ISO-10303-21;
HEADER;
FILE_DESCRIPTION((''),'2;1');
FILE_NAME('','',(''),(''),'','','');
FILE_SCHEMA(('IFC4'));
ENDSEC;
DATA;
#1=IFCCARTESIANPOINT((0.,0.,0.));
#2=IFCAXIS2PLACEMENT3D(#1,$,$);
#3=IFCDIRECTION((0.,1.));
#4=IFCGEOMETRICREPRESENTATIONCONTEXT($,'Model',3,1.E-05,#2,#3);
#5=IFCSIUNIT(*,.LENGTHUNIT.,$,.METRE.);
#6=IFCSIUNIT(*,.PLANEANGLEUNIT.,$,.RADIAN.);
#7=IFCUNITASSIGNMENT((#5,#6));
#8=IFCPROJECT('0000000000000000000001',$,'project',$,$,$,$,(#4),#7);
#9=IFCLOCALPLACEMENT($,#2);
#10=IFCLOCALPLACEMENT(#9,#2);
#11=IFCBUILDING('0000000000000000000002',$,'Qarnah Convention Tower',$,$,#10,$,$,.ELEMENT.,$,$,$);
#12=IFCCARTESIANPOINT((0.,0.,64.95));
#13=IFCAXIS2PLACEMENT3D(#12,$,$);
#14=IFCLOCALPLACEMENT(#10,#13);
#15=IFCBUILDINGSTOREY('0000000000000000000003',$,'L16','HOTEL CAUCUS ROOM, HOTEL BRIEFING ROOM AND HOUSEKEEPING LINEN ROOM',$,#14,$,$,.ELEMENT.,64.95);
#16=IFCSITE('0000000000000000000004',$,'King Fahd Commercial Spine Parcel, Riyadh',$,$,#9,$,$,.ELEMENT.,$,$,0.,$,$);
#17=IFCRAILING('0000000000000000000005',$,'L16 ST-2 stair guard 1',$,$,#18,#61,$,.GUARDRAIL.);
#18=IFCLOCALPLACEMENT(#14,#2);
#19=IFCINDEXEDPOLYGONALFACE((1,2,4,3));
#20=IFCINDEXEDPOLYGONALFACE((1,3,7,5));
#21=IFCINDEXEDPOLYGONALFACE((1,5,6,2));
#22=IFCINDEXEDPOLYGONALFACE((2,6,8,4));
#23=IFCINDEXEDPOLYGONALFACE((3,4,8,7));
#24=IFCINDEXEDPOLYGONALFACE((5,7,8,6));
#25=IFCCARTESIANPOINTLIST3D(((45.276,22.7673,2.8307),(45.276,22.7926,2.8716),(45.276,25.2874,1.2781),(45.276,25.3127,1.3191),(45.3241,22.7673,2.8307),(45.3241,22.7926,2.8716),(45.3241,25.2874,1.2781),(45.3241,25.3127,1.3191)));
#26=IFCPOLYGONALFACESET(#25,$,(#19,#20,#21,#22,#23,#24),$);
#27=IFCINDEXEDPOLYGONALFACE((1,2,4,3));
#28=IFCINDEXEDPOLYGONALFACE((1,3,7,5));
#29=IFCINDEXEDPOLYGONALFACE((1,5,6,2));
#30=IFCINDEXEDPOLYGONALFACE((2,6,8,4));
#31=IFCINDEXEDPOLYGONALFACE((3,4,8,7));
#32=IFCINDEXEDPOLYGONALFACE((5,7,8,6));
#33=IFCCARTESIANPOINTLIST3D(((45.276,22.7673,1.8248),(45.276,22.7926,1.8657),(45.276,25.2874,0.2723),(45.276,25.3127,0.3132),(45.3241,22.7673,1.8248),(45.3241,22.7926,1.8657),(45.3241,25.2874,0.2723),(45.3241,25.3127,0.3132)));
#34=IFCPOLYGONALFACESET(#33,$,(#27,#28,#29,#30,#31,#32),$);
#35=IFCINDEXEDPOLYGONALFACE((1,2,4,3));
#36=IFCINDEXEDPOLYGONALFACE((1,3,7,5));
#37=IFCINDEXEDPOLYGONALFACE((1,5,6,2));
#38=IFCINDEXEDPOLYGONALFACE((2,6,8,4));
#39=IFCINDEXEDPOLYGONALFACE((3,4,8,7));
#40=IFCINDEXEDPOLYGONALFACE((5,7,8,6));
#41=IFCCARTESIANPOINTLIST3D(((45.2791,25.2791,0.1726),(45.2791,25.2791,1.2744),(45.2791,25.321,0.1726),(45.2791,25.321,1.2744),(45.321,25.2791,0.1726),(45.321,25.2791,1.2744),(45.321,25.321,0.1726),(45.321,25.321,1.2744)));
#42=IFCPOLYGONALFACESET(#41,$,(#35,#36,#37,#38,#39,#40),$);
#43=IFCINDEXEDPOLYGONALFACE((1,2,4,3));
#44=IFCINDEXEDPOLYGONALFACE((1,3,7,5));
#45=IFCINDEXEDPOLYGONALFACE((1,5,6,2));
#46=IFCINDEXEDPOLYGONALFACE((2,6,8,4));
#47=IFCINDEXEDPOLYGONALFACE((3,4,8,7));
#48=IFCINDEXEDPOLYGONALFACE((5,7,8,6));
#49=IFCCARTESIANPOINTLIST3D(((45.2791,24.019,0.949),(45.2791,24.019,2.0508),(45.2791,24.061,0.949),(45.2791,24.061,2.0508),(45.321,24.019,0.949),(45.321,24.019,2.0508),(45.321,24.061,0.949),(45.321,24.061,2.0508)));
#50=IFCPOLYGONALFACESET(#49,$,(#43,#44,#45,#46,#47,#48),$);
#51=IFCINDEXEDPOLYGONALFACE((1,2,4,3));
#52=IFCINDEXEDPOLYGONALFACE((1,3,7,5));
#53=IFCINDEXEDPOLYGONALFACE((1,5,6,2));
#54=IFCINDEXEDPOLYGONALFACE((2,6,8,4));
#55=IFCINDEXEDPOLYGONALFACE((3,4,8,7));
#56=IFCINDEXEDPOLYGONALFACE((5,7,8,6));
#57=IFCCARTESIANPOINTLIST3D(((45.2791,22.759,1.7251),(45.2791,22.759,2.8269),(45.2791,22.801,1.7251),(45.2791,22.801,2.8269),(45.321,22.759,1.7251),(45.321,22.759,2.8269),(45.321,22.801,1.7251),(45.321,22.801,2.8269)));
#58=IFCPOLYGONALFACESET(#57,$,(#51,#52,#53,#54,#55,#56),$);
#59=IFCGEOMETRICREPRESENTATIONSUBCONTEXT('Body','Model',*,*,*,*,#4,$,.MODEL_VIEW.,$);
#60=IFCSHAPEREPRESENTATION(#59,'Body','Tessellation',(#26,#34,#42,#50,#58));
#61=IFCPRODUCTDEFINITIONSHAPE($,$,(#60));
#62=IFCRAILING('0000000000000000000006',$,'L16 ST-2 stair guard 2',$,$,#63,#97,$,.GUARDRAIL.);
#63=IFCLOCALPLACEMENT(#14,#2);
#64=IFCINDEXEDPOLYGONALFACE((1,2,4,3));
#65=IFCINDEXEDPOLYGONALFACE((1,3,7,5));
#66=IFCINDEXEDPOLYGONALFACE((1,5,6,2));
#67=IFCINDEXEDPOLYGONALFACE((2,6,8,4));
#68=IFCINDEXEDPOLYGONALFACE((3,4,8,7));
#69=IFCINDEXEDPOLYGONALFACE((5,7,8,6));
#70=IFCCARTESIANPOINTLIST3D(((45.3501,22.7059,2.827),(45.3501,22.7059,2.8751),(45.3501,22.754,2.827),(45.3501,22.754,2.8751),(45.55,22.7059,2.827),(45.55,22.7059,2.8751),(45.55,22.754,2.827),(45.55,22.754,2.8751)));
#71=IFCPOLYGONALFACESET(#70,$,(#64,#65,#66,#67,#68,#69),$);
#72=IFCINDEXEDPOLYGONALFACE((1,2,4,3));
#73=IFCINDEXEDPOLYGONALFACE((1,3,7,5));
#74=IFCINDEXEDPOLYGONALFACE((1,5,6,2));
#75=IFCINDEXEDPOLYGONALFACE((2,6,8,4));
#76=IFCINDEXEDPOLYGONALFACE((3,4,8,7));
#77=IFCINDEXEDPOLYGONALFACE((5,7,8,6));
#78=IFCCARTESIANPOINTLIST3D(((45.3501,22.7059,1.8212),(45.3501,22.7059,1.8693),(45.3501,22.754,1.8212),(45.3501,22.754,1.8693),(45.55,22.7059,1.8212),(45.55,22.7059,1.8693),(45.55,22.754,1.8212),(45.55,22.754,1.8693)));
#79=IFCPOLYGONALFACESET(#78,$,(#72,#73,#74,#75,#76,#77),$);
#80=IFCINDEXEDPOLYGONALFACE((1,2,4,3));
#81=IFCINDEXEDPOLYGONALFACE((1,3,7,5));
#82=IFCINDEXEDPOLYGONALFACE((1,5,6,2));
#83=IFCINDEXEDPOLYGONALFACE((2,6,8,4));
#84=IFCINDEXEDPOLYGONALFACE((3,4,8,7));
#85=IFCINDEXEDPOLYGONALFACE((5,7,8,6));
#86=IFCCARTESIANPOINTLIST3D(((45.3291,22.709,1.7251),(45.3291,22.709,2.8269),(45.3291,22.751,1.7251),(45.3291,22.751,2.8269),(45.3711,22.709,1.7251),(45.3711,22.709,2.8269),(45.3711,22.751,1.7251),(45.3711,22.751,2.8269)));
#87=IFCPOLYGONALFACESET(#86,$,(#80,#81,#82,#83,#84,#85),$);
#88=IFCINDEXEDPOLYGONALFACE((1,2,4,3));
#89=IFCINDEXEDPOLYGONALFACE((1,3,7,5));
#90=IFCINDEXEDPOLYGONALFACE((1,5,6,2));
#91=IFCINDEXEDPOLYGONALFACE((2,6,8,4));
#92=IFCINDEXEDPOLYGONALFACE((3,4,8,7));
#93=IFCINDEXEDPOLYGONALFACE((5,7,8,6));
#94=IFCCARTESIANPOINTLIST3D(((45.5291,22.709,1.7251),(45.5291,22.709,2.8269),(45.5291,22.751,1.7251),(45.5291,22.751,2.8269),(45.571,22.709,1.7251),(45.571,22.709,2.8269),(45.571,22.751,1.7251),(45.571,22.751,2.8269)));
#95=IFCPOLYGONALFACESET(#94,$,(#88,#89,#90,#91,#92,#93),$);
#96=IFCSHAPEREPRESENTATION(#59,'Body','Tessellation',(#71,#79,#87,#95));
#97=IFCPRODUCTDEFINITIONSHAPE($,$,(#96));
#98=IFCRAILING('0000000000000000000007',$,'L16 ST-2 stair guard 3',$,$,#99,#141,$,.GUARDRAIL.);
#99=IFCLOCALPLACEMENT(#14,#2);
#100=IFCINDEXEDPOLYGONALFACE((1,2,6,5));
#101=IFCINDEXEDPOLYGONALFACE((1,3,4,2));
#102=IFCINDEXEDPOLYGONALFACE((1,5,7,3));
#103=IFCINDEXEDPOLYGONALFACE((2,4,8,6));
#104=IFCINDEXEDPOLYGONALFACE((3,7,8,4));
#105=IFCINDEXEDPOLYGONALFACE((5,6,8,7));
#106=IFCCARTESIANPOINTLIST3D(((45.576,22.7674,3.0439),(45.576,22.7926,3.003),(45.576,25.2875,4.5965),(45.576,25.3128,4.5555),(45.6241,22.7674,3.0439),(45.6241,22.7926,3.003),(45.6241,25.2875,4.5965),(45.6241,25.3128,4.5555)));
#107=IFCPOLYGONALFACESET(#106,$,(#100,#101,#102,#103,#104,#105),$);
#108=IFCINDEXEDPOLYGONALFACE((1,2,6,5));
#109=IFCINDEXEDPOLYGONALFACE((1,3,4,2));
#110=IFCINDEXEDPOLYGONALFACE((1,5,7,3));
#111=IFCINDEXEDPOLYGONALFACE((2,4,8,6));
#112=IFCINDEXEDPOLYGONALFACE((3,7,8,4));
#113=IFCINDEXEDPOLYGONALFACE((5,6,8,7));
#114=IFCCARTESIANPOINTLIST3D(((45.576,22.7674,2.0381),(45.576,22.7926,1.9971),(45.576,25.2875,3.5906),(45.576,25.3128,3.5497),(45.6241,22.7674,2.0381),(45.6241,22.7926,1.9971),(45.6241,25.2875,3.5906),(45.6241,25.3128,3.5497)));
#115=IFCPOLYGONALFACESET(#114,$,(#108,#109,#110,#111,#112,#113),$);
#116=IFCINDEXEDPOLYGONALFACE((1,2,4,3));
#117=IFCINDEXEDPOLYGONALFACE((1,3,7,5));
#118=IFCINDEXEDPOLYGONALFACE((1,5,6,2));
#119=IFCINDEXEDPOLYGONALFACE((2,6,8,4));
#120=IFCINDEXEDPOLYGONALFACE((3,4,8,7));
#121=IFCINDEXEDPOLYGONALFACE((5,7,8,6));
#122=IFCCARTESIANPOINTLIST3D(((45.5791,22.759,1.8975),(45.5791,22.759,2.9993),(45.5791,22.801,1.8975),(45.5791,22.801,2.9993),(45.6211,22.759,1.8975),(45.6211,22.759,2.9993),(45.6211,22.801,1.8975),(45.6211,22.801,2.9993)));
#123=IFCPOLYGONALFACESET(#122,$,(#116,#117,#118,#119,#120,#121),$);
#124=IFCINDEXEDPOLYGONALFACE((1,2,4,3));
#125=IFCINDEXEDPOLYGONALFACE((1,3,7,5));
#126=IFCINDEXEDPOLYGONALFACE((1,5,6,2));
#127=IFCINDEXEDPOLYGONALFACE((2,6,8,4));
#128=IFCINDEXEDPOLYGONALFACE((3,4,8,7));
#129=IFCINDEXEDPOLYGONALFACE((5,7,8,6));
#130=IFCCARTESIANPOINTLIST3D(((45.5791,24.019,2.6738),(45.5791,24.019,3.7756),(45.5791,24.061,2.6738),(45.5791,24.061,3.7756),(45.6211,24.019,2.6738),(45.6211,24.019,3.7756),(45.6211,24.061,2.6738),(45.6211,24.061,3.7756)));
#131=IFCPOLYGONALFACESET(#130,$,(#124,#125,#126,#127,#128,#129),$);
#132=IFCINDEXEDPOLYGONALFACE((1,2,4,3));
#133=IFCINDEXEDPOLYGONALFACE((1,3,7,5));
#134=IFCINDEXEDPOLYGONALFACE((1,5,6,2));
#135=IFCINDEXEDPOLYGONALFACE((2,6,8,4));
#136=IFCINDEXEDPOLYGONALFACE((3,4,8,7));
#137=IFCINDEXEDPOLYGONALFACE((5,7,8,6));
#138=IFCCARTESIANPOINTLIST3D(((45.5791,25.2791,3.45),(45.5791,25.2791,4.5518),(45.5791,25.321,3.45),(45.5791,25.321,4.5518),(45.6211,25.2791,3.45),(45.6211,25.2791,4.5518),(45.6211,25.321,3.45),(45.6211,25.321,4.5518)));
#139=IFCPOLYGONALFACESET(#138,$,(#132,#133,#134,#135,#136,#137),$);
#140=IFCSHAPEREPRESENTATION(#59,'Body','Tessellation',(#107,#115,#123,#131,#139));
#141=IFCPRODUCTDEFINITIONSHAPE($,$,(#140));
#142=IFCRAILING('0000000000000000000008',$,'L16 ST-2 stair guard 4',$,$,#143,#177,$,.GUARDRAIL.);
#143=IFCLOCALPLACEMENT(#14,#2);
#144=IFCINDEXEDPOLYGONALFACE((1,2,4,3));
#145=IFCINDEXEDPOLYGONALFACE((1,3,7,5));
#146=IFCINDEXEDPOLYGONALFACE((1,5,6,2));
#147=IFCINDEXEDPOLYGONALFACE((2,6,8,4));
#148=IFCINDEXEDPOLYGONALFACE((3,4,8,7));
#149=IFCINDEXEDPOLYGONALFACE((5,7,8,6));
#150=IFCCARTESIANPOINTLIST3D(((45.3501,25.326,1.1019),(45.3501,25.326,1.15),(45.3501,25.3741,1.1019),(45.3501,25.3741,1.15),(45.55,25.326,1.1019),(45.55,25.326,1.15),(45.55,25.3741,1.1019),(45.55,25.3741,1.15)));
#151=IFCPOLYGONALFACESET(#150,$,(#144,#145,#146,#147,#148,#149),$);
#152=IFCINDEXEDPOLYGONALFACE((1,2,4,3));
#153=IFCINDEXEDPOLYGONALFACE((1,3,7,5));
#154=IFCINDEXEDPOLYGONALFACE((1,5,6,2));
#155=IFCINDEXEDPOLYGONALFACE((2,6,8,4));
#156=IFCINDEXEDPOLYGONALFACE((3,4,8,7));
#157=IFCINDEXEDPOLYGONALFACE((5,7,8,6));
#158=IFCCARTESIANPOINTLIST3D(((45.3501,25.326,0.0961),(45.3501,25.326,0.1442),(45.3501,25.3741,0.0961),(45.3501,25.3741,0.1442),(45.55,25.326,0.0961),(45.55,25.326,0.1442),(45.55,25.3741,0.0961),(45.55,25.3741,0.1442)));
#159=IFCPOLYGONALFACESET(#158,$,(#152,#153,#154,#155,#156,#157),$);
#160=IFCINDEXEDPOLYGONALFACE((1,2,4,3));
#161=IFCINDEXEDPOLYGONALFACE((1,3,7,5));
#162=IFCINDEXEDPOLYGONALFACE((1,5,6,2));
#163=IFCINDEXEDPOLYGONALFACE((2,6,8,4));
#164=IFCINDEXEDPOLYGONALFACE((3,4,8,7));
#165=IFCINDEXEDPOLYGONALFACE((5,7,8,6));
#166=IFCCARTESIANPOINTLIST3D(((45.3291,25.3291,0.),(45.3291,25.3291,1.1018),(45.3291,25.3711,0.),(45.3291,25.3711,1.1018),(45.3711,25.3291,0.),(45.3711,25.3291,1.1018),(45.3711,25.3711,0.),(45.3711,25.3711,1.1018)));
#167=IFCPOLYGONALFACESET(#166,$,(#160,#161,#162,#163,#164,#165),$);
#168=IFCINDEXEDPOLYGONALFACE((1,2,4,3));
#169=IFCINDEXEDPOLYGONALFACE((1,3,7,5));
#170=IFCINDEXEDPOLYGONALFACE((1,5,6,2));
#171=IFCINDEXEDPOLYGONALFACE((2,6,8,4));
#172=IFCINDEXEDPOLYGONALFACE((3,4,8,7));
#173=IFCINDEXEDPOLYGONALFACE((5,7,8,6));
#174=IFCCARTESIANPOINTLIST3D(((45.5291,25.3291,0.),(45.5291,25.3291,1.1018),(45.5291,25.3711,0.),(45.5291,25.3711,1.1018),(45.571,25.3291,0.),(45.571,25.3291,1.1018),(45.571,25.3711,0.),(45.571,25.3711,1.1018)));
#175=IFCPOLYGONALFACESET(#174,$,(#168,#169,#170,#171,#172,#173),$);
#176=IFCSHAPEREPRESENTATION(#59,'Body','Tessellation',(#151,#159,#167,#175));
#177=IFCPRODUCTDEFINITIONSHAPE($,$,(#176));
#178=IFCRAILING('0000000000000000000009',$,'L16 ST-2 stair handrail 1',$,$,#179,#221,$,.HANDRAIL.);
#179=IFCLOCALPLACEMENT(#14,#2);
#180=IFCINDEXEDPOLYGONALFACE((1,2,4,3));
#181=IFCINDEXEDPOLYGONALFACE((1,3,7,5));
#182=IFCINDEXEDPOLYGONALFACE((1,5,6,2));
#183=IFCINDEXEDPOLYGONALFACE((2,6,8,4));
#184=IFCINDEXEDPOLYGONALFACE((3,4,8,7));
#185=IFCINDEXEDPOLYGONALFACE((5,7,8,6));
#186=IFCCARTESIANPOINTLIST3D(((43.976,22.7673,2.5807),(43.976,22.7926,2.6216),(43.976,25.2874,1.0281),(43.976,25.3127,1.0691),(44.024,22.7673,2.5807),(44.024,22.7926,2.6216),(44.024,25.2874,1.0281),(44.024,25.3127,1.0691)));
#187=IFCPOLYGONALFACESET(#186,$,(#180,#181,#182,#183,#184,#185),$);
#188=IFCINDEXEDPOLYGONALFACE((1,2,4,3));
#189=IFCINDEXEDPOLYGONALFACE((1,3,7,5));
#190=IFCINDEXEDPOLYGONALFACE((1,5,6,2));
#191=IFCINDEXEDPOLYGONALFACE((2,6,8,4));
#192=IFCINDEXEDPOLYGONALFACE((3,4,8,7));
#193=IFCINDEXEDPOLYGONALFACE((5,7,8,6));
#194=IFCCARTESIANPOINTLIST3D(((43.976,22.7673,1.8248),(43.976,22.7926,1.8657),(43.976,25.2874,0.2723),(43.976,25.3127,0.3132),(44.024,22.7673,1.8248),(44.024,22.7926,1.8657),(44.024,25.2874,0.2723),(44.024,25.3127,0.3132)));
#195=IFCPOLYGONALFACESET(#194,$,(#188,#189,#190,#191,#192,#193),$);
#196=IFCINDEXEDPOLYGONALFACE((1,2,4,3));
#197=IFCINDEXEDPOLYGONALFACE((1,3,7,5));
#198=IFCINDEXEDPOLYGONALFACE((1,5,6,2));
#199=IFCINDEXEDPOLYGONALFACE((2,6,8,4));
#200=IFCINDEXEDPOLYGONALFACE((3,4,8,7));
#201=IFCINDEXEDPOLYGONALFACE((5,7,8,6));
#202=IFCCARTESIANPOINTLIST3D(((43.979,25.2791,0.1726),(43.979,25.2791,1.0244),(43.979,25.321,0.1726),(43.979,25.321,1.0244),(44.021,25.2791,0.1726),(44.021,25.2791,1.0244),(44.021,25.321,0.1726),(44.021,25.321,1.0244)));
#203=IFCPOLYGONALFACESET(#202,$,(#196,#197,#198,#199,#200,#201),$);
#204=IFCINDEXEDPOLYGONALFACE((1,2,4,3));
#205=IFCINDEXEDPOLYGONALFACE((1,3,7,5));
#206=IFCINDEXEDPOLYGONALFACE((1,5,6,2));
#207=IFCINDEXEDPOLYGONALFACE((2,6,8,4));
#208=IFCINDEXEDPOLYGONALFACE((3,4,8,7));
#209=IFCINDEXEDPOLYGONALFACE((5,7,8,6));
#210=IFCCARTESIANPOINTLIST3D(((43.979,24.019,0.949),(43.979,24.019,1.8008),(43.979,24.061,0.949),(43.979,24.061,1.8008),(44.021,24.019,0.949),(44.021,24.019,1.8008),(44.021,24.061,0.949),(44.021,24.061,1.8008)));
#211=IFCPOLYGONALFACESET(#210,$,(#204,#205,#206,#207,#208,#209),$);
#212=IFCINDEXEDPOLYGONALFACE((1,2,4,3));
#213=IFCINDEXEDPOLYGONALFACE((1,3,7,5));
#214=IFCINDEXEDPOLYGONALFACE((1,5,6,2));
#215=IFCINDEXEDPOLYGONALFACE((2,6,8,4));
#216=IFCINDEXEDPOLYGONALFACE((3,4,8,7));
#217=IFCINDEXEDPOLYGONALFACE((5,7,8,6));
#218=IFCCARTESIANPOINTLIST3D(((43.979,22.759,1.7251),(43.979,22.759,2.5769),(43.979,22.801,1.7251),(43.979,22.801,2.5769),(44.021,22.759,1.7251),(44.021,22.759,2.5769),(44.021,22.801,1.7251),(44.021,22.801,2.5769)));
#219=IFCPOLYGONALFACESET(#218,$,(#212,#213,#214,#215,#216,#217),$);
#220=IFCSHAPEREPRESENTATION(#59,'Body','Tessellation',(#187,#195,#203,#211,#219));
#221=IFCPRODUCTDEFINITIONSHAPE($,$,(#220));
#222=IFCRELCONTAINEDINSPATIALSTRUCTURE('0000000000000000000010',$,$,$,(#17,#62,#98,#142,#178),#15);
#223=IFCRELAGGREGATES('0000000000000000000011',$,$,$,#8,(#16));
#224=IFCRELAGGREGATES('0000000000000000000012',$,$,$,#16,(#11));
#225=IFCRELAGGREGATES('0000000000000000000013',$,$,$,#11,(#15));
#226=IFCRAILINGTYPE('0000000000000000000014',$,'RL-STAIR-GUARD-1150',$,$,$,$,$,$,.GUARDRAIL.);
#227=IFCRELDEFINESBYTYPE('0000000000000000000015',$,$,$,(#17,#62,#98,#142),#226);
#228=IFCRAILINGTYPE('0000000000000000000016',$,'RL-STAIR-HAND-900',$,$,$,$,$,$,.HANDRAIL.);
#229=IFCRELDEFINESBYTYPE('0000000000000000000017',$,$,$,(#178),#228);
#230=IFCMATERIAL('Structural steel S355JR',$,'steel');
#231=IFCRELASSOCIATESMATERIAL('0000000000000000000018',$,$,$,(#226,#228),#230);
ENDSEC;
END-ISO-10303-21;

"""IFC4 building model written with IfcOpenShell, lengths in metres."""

from ifc_helpers import new_model, si_unit, direction, frame, origin, origin_2d, place, context, subcontext, project, spatial, rectangle, extrude, material, type_object, element, save


model = new_model("IFC4")

# Units and contexts
model_context = context("Model", 3, precision=1e-05, world=origin(), true_north=direction((0.0, 1.0)))
body_context = subcontext(model_context, "Body", "Model", "MODEL_VIEW")
ifc_project = project(units=[si_unit("LENGTHUNIT", "METRE"), si_unit("PLANEANGLEUNIT", "RADIAN")], contexts=[model_context])

# Site, building, storey
site_placement = place(None, origin())
site = spatial("IfcSite", under=ifc_project, at=site_placement, Name="King Fahd Commercial Spine Parcel, Riyadh", CompositionType="ELEMENT", RefElevation=0.0)
building_placement = place(site_placement, origin())
building = spatial("IfcBuilding", under=site, at=building_placement, Name="Qarnah Convention Tower", CompositionType="ELEMENT")
storey_placement = place(building_placement, frame((0.0, 0.0, 64.95)))
storey = spatial("IfcBuildingStorey", under=building, at=storey_placement, Name="L16", Description="HOTEL CAUCUS ROOM, HOTEL BRIEFING ROOM AND HOUSEKEEPING LINEN ROOM", CompositionType="ELEMENT", Elevation=64.95)

# Shared definitions
ifc_material_1 = material(Name="Structural steel S355JR", Category="steel")

# Railings
railing_type_1 = type_object("IfcRailingType", Name="RL-STAIR-GUARD-1150", PredefinedType="GUARDRAIL", material=ifc_material_1)
railing_1_placement = place(storey_placement, frame((45.3, 25.3, 0.1726)))
element("IfcRailing", 1, at=railing_1_placement, inside=storey, type_object=railing_type_1, Name="L16 ST-2 stair guard 1", PredefinedType="GUARDRAIL", context=body_context, shape_type="SweptSolid", body=[
    extrude(rectangle(XDim=0.0481, YDim=0.0481, at=origin_2d()), frame((0.0, 0.0, 1.126), z_axis=(0.0, -0.8514, 0.524516), x_axis=(1.0, 0.0, 0.0)), (0.0, 0.0, 1.0), 2.96),
    extrude(rectangle(XDim=0.0481, YDim=0.0481, at=origin_2d()), frame((0.0, 0.0, 0.1201), z_axis=(0.0, -0.8514, 0.524516), x_axis=(1.0, 0.0, 0.0)), (0.0, 0.0, 1.0), 2.96),
    extrude(rectangle(XDim=0.042, YDim=0.042, at=origin_2d()), origin(), (0.0, 0.0, 1.0), 1.1018),
    extrude(rectangle(XDim=0.042, YDim=0.042, at=origin_2d()), frame((0.0, -1.26, 0.7764)), (0.0, 0.0, 1.0), 1.1018),
    extrude(rectangle(XDim=0.042, YDim=0.042, at=origin_2d()), frame((0.0, -2.52, 1.5525)), (0.0, 0.0, 1.0), 1.1018),
])
railing_2_placement = place(storey_placement, frame((45.3501, 22.73, 1.7251)))
element("IfcRailing", 2, at=railing_2_placement, inside=storey, type_object=railing_type_1, Name="L16 ST-2 stair guard 2", PredefinedType="GUARDRAIL", context=body_context, shape_type="SweptSolid", body=[
    extrude(rectangle(XDim=0.0481, YDim=0.0481, at=origin_2d()), frame((0.0, 0.0, 1.126), z_axis=(1.0, 0.0, 0.0), x_axis=(0.0, 1.0, 0.0)), (0.0, 0.0, 1.0), 0.2),
    extrude(rectangle(XDim=0.0481, YDim=0.0481, at=origin_2d()), frame((0.0, 0.0, 0.1201), z_axis=(1.0, 0.0, 0.0), x_axis=(0.0, 1.0, 0.0)), (0.0, 0.0, 1.0), 0.2),
    extrude(rectangle(XDim=0.042, YDim=0.042, at=origin_2d()), origin(), (0.0, 0.0, 1.0), 1.1018),
    extrude(rectangle(XDim=0.042, YDim=0.042, at=origin_2d()), frame((0.2, 0.0, 0.0)), (0.0, 0.0, 1.0), 1.1018),
])
railing_3_placement = place(storey_placement, frame((45.6001, 22.78, 1.8975)))
element("IfcRailing", 3, at=railing_3_placement, inside=storey, type_object=railing_type_1, Name="L16 ST-2 stair guard 3", PredefinedType="GUARDRAIL", context=body_context, shape_type="SweptSolid", body=[
    extrude(rectangle(XDim=0.0481, YDim=0.0481, at=origin_2d()), frame((0.0, 0.0, 1.126), z_axis=(0.0, 0.8514, 0.524516), x_axis=(-1.0, 0.0, 0.0)), (0.0, 0.0, 1.0), 2.96),
    extrude(rectangle(XDim=0.0481, YDim=0.0481, at=origin_2d()), frame((0.0, 0.0, 0.1201), z_axis=(0.0, 0.8514, 0.524516), x_axis=(-1.0, 0.0, 0.0)), (0.0, 0.0, 1.0), 2.96),
    extrude(rectangle(XDim=0.042, YDim=0.042, at=origin_2d()), origin(), (0.0, 0.0, 1.0), 1.1018),
    extrude(rectangle(XDim=0.042, YDim=0.042, at=origin_2d()), frame((0.0, 1.26, 0.7764)), (0.0, 0.0, 1.0), 1.1018),
    extrude(rectangle(XDim=0.042, YDim=0.042, at=origin_2d()), frame((0.0, 2.52, 1.5525)), (0.0, 0.0, 1.0), 1.1018),
])
railing_4_placement = place(storey_placement, frame((45.3501, 25.3501, 0.0)))
element("IfcRailing", 4, at=railing_4_placement, inside=storey, type_object=railing_type_1, Name="L16 ST-2 stair guard 4", PredefinedType="GUARDRAIL", context=body_context, shape_type="SweptSolid", body=[
    extrude(rectangle(XDim=0.0481, YDim=0.0481, at=origin_2d()), frame((0.0, 0.0, 1.126), z_axis=(1.0, 0.0, 0.0), x_axis=(0.0, 1.0, 0.0)), (0.0, 0.0, 1.0), 0.2),
    extrude(rectangle(XDim=0.0481, YDim=0.0481, at=origin_2d()), frame((0.0, 0.0, 0.1201), z_axis=(1.0, 0.0, 0.0), x_axis=(0.0, 1.0, 0.0)), (0.0, 0.0, 1.0), 0.2),
    extrude(rectangle(XDim=0.042, YDim=0.042, at=origin_2d()), origin(), (0.0, 0.0, 1.0), 1.1018),
    extrude(rectangle(XDim=0.042, YDim=0.042, at=origin_2d()), frame((0.2, 0.0, 0.0)), (0.0, 0.0, 1.0), 1.1018),
])
railing_type_2 = type_object("IfcRailingType", Name="RL-STAIR-HAND-900", PredefinedType="HANDRAIL", material=ifc_material_1)
railing_5_placement = place(storey_placement, frame((44.0, 25.3, 0.1726)))
element("IfcRailing", 5, at=railing_5_placement, inside=storey, type_object=railing_type_2, Name="L16 ST-2 stair handrail 1", PredefinedType="HANDRAIL", context=body_context, shape_type="SweptSolid", body=[
    extrude(rectangle(XDim=0.0481, YDim=0.0481, at=origin_2d()), frame((0.0, 0.0, 0.876), z_axis=(0.0, -0.8514, 0.524516), x_axis=(1.0, 0.0, 0.0)), (0.0, 0.0, 1.0), 2.96),
    extrude(rectangle(XDim=0.0481, YDim=0.0481, at=origin_2d()), frame((0.0, 0.0, 0.1201), z_axis=(0.0, -0.8514, 0.524516), x_axis=(1.0, 0.0, 0.0)), (0.0, 0.0, 1.0), 2.96),
    extrude(rectangle(XDim=0.042, YDim=0.042, at=origin_2d()), origin(), (0.0, 0.0, 1.0), 0.8518),
    extrude(rectangle(XDim=0.042, YDim=0.042, at=origin_2d()), frame((0.0, -1.26, 0.7764)), (0.0, 0.0, 1.0), 0.8518),
    extrude(rectangle(XDim=0.042, YDim=0.042, at=origin_2d()), frame((0.0, -2.52, 1.5525)), (0.0, 0.0, 1.0), 0.8518),
])

save(model, "model.ifc")
